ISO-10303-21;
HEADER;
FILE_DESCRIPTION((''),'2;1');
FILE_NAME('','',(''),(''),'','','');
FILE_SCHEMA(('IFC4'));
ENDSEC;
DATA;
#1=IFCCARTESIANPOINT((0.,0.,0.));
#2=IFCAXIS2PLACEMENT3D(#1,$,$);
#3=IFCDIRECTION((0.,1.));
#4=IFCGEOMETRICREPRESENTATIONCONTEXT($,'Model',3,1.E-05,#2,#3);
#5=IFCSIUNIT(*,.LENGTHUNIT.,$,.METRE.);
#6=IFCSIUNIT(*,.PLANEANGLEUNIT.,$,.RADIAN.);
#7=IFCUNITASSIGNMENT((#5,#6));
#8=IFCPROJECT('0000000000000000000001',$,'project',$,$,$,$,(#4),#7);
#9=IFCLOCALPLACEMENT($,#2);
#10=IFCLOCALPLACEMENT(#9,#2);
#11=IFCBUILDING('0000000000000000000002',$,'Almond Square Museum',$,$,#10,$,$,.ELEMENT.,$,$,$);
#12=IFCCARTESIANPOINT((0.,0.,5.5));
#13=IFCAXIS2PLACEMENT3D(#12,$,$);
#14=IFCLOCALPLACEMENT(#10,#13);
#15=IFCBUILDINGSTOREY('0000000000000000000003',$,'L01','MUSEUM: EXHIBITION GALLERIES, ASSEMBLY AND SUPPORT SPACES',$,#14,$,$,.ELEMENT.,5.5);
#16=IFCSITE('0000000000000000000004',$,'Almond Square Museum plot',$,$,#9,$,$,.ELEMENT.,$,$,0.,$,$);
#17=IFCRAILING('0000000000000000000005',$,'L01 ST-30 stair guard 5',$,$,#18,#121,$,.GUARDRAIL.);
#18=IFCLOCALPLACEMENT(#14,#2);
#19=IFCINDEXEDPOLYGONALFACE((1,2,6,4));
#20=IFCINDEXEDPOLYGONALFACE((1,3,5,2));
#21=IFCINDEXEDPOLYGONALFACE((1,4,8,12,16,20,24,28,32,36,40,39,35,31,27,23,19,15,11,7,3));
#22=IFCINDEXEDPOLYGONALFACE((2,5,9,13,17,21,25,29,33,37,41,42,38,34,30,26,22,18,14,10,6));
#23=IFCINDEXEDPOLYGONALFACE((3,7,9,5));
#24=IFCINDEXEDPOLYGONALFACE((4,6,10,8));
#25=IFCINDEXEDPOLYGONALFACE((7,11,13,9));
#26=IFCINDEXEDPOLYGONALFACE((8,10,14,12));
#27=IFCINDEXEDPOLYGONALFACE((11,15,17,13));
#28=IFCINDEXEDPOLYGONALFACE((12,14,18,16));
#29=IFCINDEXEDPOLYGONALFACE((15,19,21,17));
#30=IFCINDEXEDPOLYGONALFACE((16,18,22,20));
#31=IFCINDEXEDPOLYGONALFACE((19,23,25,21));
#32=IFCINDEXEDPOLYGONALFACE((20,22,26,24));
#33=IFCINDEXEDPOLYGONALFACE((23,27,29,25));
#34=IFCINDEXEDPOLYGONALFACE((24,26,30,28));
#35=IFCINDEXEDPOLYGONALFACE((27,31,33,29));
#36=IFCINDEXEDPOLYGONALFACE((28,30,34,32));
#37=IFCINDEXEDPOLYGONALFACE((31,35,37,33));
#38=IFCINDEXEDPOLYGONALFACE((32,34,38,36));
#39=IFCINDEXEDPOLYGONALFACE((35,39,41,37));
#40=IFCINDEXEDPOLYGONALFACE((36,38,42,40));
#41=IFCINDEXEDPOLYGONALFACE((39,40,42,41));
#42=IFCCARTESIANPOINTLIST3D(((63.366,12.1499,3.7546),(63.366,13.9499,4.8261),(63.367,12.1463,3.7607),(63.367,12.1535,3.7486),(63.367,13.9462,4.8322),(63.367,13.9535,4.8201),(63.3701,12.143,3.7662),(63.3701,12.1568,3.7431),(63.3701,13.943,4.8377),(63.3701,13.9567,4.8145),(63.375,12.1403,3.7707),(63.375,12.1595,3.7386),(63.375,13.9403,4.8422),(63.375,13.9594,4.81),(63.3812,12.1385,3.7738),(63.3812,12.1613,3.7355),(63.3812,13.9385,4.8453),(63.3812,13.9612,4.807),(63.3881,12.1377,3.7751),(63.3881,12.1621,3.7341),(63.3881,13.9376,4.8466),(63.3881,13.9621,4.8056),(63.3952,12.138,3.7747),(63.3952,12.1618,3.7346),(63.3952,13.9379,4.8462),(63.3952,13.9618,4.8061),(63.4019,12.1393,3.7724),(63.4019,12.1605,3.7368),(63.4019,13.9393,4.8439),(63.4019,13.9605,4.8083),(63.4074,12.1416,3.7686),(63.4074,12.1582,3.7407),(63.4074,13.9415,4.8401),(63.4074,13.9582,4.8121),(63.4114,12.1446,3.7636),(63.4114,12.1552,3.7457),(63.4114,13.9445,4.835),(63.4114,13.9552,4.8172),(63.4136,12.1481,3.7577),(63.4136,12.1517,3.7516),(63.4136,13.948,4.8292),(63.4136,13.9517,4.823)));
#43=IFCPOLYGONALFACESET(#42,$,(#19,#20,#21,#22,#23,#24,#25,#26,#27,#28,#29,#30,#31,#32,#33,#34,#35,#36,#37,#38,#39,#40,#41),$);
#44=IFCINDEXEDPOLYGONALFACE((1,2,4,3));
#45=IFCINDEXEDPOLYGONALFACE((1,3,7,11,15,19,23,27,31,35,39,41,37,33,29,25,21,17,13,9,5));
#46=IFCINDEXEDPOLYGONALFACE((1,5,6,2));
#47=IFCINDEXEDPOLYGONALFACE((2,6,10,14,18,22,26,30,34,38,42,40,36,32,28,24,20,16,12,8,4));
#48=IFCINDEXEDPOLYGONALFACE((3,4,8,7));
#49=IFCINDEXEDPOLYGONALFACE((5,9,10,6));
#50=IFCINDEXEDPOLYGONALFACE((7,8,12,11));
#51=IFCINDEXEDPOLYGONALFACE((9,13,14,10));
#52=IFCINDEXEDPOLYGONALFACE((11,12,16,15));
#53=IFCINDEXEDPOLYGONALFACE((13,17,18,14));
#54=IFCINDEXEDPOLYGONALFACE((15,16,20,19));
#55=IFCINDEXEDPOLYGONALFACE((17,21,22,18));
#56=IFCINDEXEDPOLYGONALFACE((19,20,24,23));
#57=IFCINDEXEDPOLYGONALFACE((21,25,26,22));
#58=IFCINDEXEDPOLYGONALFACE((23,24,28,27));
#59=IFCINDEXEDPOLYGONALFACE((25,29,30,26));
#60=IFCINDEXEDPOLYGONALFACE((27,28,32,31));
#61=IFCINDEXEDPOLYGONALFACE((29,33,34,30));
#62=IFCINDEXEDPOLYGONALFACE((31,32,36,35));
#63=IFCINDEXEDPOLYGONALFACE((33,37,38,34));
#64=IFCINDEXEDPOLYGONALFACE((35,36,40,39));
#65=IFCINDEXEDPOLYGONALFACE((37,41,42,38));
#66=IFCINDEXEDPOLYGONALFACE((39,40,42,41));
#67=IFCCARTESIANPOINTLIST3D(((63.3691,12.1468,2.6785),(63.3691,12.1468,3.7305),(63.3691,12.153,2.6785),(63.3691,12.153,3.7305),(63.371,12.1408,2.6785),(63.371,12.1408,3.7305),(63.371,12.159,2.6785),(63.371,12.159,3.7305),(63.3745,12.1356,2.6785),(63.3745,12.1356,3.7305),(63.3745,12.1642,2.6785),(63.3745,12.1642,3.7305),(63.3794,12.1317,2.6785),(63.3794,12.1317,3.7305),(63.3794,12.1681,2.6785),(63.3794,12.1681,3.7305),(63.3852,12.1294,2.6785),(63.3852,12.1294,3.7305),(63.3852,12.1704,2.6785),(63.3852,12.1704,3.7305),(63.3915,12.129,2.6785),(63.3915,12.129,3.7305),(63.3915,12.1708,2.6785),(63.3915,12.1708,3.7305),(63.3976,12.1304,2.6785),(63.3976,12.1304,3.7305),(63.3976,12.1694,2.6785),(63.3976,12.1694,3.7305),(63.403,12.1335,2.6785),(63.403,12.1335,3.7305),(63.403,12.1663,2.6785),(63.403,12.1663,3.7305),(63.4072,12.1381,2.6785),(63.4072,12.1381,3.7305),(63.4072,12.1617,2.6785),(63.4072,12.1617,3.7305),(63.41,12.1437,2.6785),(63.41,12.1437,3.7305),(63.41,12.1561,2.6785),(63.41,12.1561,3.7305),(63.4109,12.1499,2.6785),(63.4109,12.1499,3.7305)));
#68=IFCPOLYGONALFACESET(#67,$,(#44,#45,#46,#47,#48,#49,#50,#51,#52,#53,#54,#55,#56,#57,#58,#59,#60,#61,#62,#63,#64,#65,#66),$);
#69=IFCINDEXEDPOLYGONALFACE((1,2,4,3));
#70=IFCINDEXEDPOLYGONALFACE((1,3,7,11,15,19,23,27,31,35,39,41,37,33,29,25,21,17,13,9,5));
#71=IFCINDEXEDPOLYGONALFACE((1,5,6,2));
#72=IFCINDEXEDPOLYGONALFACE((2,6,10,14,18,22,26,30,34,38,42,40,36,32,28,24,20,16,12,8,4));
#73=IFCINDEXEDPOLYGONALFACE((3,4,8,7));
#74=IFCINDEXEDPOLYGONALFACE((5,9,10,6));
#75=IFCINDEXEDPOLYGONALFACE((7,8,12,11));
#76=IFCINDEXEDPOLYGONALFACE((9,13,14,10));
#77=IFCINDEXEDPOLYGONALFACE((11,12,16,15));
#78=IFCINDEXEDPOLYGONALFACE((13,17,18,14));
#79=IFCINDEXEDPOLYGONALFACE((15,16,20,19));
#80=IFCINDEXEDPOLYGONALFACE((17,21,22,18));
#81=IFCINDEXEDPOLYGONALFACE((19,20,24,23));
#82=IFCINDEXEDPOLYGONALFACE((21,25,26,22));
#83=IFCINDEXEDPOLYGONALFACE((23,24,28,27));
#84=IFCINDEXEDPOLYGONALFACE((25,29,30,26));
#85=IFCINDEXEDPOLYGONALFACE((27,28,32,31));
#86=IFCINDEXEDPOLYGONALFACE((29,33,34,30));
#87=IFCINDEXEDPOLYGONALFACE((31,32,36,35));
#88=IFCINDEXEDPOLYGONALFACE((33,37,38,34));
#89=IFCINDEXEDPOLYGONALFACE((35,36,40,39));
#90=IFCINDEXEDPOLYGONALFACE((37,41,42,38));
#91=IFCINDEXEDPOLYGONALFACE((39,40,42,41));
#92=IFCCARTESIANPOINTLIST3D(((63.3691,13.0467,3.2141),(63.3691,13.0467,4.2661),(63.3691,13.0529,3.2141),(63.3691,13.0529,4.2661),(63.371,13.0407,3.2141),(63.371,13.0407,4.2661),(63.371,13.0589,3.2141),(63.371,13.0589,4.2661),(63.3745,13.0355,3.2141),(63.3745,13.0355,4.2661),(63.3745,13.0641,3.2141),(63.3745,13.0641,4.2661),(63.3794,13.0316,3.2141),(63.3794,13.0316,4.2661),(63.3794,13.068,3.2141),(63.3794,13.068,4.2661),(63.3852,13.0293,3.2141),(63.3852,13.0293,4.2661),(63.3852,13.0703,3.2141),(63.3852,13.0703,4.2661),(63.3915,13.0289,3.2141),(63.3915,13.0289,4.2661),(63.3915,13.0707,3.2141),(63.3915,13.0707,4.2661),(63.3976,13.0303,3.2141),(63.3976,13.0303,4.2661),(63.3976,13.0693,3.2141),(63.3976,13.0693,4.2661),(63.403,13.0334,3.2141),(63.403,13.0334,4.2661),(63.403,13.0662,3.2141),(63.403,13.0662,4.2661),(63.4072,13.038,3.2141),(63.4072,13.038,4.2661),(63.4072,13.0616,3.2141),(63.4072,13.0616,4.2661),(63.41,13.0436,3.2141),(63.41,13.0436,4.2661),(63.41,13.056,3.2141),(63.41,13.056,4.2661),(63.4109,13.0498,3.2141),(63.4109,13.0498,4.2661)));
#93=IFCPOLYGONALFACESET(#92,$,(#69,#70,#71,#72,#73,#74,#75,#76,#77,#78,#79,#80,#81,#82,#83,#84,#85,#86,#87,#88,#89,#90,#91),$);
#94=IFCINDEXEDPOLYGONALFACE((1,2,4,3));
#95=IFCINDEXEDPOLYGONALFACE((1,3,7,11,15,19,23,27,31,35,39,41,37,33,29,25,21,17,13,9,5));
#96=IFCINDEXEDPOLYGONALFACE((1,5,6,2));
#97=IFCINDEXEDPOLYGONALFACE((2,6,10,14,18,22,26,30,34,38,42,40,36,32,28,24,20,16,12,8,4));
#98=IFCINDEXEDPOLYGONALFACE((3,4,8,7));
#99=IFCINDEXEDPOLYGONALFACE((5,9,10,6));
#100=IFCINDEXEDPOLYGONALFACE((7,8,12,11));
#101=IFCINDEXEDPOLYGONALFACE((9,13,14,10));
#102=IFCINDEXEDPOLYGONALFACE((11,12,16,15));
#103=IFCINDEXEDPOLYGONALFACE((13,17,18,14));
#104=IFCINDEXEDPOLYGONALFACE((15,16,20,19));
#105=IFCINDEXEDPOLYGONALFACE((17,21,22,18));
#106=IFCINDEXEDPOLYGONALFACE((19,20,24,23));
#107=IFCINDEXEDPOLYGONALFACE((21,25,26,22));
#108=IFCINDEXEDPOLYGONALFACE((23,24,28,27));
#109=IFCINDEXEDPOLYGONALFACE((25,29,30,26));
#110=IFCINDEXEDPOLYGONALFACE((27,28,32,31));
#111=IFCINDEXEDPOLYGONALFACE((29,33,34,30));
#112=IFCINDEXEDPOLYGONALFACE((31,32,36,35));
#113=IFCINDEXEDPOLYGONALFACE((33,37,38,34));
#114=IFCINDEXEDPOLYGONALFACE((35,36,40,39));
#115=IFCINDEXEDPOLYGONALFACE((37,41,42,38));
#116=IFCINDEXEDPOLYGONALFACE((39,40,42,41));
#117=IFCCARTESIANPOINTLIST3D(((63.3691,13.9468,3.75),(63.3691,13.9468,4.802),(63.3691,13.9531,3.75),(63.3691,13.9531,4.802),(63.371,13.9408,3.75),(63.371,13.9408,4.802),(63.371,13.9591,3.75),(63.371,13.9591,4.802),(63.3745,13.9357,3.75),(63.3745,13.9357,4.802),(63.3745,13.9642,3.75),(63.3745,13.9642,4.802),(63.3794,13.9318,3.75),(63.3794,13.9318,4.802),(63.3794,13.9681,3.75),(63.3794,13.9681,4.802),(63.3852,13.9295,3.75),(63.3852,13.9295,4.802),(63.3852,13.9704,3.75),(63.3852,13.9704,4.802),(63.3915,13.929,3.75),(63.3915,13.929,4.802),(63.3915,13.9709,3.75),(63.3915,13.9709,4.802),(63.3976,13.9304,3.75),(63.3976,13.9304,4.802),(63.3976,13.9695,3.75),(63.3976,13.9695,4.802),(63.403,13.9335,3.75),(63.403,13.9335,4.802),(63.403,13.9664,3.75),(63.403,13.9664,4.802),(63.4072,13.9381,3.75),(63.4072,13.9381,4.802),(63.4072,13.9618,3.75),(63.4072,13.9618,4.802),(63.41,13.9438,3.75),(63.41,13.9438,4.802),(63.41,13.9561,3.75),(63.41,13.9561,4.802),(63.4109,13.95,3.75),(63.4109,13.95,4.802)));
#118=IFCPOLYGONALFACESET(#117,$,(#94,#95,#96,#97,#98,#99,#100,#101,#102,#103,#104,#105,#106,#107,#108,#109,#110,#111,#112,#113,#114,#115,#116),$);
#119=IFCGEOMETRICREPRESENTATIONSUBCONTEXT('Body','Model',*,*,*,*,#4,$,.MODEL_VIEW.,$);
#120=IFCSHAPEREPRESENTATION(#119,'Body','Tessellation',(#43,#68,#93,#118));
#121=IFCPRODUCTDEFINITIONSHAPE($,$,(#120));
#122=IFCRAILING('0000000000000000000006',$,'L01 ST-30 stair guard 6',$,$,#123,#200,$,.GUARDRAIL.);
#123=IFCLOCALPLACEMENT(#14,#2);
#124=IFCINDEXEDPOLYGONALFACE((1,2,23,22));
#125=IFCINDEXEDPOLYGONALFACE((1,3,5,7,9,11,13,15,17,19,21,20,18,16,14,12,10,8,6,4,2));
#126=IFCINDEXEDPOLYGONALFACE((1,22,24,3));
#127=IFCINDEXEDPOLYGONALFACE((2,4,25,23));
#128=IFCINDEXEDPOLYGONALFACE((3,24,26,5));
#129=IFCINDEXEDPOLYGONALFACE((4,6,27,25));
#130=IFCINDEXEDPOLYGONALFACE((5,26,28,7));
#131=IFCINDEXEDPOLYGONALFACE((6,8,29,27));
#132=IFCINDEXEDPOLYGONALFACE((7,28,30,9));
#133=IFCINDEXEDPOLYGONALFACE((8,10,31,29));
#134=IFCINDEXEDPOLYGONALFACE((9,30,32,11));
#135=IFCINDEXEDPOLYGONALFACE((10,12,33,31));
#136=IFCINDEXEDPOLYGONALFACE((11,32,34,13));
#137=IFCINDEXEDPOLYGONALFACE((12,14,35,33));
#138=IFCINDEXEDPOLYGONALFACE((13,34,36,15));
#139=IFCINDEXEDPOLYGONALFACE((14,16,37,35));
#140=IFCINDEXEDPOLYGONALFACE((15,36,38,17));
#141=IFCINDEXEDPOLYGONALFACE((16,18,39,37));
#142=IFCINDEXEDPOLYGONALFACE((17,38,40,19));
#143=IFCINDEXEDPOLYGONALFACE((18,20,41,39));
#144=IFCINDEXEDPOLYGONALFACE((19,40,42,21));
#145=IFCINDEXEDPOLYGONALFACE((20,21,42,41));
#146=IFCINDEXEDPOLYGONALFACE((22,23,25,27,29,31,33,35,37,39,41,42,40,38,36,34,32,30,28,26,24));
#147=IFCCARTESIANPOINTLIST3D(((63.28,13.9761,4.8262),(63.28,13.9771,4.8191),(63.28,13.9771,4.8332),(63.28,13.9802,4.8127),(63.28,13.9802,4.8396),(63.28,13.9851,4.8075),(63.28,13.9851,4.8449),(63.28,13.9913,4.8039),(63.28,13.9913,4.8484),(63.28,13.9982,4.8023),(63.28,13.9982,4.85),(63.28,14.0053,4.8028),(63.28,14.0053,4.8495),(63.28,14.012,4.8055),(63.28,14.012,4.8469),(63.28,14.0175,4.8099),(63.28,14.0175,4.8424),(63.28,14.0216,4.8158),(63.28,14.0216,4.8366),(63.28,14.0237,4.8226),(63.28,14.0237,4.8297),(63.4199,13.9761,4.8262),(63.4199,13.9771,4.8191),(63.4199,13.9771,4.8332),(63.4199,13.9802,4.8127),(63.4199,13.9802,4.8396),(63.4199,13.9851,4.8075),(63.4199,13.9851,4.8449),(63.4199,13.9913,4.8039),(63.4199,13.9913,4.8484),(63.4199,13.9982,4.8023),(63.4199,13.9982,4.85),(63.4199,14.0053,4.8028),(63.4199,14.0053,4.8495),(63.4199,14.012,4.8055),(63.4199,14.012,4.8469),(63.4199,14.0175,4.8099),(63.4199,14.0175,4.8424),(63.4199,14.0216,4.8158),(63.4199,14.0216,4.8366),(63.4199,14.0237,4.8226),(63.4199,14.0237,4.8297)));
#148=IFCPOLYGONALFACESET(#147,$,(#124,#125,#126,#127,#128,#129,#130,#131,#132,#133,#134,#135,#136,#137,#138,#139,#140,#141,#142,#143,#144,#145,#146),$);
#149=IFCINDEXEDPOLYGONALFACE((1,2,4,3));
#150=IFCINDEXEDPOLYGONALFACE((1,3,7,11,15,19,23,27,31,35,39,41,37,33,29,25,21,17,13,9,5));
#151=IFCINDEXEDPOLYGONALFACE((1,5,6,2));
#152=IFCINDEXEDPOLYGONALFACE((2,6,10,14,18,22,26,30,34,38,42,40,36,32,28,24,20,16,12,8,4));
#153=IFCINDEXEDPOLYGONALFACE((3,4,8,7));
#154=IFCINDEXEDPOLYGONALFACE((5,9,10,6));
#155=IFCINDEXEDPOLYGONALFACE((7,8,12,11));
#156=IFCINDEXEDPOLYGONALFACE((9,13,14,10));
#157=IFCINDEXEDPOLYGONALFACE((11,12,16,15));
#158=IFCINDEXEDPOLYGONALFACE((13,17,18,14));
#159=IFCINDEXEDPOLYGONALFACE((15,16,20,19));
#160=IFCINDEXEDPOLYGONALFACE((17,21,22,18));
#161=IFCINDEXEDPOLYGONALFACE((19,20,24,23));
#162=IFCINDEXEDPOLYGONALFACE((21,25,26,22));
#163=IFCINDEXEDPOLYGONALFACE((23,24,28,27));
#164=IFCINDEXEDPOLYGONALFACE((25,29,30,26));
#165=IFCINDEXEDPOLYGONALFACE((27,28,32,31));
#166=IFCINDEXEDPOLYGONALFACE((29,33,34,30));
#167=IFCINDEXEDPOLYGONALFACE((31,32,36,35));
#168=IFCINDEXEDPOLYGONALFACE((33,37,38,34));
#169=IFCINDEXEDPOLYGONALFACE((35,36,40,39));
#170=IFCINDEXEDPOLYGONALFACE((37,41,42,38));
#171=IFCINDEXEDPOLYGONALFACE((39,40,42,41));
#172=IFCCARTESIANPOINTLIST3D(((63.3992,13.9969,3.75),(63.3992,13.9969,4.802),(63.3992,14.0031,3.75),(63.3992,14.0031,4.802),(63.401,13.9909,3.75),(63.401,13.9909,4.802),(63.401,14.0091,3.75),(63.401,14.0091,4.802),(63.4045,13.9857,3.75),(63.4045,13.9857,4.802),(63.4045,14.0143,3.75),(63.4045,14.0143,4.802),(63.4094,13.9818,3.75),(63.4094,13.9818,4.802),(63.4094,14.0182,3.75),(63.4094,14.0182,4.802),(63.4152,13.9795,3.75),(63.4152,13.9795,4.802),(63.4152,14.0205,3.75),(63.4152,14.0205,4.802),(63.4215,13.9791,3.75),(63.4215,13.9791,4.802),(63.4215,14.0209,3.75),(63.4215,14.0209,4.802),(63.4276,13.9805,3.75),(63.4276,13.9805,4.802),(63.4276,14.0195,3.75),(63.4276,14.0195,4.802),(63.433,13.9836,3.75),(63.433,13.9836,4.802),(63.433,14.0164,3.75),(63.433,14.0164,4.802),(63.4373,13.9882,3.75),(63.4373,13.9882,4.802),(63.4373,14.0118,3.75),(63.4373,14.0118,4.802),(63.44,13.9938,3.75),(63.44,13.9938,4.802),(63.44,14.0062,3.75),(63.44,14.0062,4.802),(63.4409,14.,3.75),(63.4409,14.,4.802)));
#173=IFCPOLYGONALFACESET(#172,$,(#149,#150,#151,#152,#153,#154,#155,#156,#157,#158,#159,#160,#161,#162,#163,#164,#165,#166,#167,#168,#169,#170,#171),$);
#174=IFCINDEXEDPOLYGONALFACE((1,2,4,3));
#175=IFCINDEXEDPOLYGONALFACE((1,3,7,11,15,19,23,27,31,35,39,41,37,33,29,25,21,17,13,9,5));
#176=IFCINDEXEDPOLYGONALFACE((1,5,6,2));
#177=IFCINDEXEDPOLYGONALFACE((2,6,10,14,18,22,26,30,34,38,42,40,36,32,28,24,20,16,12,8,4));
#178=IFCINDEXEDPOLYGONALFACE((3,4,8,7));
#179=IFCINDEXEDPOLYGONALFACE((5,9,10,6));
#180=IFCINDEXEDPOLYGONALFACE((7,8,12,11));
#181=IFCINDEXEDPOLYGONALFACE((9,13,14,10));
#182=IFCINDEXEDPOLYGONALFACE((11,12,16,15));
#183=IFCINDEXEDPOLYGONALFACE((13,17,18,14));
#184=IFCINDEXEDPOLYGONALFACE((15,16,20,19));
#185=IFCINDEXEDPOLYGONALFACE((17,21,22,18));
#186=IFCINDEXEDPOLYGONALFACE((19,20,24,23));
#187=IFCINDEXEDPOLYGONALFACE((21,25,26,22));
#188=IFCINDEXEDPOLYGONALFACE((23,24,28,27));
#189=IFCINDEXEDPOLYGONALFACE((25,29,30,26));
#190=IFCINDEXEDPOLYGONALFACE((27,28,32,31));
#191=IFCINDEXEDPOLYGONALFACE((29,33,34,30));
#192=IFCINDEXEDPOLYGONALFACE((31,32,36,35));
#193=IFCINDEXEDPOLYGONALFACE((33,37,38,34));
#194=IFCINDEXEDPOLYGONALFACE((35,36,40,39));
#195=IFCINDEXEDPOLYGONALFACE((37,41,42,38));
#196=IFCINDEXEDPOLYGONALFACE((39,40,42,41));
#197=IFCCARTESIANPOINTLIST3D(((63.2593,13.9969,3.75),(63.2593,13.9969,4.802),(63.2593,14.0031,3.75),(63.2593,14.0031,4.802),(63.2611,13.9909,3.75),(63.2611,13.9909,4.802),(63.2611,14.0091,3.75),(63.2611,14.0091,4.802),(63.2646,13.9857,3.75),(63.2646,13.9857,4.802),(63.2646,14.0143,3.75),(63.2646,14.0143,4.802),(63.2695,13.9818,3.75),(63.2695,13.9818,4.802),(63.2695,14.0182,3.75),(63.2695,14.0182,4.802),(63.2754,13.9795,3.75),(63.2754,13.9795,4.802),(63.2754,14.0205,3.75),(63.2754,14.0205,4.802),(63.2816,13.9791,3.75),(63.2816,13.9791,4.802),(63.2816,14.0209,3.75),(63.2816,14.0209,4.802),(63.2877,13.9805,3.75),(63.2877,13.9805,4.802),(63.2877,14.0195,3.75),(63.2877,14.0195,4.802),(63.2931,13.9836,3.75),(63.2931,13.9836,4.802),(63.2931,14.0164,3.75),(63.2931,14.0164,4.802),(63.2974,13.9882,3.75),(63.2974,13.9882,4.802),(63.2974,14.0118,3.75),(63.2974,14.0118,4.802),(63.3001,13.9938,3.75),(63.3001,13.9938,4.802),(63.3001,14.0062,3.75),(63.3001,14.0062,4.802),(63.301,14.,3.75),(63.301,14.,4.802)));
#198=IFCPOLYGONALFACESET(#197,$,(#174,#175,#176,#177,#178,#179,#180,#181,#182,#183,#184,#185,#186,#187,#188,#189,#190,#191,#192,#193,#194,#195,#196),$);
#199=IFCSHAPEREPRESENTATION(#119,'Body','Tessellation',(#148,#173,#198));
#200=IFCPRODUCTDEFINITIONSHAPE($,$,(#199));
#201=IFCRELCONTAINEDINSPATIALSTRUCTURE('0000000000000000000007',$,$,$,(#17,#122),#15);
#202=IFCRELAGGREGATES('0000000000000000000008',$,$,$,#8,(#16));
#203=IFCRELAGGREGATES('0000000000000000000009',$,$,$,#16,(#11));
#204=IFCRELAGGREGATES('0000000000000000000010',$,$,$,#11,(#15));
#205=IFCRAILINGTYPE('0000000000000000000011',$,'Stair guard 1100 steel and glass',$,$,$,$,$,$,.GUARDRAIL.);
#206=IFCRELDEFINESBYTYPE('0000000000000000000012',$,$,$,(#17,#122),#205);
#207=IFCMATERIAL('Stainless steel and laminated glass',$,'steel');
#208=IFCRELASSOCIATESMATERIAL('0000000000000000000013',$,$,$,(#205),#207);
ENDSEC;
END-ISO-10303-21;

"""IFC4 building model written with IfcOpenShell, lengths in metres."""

from ifc_helpers import new_model, si_unit, direction, frame, origin, origin_2d, place, context, subcontext, project, spatial, circle, extrude, material, type_object, element, save


model = new_model("IFC4")

# Units and contexts
model_context = context("Model", 3, precision=1e-05, world=origin(), true_north=direction((0.0, 1.0)))
body_context = subcontext(model_context, "Body", "Model", "MODEL_VIEW")
ifc_project = project(units=[si_unit("LENGTHUNIT", "METRE"), si_unit("PLANEANGLEUNIT", "RADIAN")], contexts=[model_context])

# Site, building, storey
site_placement = place(None, origin())
site = spatial("IfcSite", under=ifc_project, at=site_placement, Name="Almond Square Museum plot", CompositionType="ELEMENT", RefElevation=0.0)
building_placement = place(site_placement, origin())
building = spatial("IfcBuilding", under=site, at=building_placement, Name="Almond Square Museum", CompositionType="ELEMENT")
storey_placement = place(building_placement, frame((0.0, 0.0, 5.5)))
storey = spatial("IfcBuildingStorey", under=building, at=storey_placement, Name="L01", Description="MUSEUM: EXHIBITION GALLERIES, ASSEMBLY AND SUPPORT SPACES", CompositionType="ELEMENT", Elevation=5.5)

# Railings
ifc_material_1 = material(Name="Stainless steel and laminated glass", Category="steel")
railing_type_1 = type_object("IfcRailingType", Name="Stair guard 1100 steel and glass", PredefinedType="GUARDRAIL", material=ifc_material_1)
railing_1_placement = place(storey_placement, frame((63.3899, 12.1499, 2.6785)))
element("IfcRailing", 1, at=railing_1_placement, inside=storey, type_object=railing_type_1, Name="L01 ST-30 stair guard 5", PredefinedType="GUARDRAIL", context=body_context, shape_type="SweptSolid", body=[
    extrude(circle(Radius=0.0239, at=origin_2d()), frame((0.0, 0.0, 1.0762), z_axis=(0.0, 0.859277, 0.51151), x_axis=(-1.0, 0.0, 0.0)), (0.0, 0.0, 1.0), 2.0947),
    extrude(circle(Radius=0.021, at=origin_2d()), origin(), (0.0, 0.0, 1.0), 1.052),
    extrude(circle(Radius=0.021, at=origin_2d()), frame((0.0, 0.8999, 0.5356)), (0.0, 0.0, 1.0), 1.052),
    extrude(circle(Radius=0.021, at=origin_2d()), frame((0.0, 1.8, 1.0715)), (0.0, 0.0, 1.0), 1.052),
])
railing_2_placement = place(storey_placement, frame((63.4199, 14.0, 3.75)))
element("IfcRailing", 2, at=railing_2_placement, inside=storey, type_object=railing_type_1, Name="L01 ST-30 stair guard 6", PredefinedType="GUARDRAIL", context=body_context, shape_type="SweptSolid", body=[
    extrude(circle(Radius=0.0239, at=origin_2d()), frame((0.0, 0.0, 1.0762), z_axis=(-1.0, 0.0, 0.0), x_axis=(0.0, -1.0, 0.0)), (0.0, 0.0, 1.0), 0.1399),
    extrude(circle(Radius=0.021, at=origin_2d()), origin(), (0.0, 0.0, 1.0), 1.052),
    extrude(circle(Radius=0.021, at=origin_2d()), frame((-0.1399, 0.0, 0.0)), (0.0, 0.0, 1.0), 1.052),
])

save(model, "model.ifc")
